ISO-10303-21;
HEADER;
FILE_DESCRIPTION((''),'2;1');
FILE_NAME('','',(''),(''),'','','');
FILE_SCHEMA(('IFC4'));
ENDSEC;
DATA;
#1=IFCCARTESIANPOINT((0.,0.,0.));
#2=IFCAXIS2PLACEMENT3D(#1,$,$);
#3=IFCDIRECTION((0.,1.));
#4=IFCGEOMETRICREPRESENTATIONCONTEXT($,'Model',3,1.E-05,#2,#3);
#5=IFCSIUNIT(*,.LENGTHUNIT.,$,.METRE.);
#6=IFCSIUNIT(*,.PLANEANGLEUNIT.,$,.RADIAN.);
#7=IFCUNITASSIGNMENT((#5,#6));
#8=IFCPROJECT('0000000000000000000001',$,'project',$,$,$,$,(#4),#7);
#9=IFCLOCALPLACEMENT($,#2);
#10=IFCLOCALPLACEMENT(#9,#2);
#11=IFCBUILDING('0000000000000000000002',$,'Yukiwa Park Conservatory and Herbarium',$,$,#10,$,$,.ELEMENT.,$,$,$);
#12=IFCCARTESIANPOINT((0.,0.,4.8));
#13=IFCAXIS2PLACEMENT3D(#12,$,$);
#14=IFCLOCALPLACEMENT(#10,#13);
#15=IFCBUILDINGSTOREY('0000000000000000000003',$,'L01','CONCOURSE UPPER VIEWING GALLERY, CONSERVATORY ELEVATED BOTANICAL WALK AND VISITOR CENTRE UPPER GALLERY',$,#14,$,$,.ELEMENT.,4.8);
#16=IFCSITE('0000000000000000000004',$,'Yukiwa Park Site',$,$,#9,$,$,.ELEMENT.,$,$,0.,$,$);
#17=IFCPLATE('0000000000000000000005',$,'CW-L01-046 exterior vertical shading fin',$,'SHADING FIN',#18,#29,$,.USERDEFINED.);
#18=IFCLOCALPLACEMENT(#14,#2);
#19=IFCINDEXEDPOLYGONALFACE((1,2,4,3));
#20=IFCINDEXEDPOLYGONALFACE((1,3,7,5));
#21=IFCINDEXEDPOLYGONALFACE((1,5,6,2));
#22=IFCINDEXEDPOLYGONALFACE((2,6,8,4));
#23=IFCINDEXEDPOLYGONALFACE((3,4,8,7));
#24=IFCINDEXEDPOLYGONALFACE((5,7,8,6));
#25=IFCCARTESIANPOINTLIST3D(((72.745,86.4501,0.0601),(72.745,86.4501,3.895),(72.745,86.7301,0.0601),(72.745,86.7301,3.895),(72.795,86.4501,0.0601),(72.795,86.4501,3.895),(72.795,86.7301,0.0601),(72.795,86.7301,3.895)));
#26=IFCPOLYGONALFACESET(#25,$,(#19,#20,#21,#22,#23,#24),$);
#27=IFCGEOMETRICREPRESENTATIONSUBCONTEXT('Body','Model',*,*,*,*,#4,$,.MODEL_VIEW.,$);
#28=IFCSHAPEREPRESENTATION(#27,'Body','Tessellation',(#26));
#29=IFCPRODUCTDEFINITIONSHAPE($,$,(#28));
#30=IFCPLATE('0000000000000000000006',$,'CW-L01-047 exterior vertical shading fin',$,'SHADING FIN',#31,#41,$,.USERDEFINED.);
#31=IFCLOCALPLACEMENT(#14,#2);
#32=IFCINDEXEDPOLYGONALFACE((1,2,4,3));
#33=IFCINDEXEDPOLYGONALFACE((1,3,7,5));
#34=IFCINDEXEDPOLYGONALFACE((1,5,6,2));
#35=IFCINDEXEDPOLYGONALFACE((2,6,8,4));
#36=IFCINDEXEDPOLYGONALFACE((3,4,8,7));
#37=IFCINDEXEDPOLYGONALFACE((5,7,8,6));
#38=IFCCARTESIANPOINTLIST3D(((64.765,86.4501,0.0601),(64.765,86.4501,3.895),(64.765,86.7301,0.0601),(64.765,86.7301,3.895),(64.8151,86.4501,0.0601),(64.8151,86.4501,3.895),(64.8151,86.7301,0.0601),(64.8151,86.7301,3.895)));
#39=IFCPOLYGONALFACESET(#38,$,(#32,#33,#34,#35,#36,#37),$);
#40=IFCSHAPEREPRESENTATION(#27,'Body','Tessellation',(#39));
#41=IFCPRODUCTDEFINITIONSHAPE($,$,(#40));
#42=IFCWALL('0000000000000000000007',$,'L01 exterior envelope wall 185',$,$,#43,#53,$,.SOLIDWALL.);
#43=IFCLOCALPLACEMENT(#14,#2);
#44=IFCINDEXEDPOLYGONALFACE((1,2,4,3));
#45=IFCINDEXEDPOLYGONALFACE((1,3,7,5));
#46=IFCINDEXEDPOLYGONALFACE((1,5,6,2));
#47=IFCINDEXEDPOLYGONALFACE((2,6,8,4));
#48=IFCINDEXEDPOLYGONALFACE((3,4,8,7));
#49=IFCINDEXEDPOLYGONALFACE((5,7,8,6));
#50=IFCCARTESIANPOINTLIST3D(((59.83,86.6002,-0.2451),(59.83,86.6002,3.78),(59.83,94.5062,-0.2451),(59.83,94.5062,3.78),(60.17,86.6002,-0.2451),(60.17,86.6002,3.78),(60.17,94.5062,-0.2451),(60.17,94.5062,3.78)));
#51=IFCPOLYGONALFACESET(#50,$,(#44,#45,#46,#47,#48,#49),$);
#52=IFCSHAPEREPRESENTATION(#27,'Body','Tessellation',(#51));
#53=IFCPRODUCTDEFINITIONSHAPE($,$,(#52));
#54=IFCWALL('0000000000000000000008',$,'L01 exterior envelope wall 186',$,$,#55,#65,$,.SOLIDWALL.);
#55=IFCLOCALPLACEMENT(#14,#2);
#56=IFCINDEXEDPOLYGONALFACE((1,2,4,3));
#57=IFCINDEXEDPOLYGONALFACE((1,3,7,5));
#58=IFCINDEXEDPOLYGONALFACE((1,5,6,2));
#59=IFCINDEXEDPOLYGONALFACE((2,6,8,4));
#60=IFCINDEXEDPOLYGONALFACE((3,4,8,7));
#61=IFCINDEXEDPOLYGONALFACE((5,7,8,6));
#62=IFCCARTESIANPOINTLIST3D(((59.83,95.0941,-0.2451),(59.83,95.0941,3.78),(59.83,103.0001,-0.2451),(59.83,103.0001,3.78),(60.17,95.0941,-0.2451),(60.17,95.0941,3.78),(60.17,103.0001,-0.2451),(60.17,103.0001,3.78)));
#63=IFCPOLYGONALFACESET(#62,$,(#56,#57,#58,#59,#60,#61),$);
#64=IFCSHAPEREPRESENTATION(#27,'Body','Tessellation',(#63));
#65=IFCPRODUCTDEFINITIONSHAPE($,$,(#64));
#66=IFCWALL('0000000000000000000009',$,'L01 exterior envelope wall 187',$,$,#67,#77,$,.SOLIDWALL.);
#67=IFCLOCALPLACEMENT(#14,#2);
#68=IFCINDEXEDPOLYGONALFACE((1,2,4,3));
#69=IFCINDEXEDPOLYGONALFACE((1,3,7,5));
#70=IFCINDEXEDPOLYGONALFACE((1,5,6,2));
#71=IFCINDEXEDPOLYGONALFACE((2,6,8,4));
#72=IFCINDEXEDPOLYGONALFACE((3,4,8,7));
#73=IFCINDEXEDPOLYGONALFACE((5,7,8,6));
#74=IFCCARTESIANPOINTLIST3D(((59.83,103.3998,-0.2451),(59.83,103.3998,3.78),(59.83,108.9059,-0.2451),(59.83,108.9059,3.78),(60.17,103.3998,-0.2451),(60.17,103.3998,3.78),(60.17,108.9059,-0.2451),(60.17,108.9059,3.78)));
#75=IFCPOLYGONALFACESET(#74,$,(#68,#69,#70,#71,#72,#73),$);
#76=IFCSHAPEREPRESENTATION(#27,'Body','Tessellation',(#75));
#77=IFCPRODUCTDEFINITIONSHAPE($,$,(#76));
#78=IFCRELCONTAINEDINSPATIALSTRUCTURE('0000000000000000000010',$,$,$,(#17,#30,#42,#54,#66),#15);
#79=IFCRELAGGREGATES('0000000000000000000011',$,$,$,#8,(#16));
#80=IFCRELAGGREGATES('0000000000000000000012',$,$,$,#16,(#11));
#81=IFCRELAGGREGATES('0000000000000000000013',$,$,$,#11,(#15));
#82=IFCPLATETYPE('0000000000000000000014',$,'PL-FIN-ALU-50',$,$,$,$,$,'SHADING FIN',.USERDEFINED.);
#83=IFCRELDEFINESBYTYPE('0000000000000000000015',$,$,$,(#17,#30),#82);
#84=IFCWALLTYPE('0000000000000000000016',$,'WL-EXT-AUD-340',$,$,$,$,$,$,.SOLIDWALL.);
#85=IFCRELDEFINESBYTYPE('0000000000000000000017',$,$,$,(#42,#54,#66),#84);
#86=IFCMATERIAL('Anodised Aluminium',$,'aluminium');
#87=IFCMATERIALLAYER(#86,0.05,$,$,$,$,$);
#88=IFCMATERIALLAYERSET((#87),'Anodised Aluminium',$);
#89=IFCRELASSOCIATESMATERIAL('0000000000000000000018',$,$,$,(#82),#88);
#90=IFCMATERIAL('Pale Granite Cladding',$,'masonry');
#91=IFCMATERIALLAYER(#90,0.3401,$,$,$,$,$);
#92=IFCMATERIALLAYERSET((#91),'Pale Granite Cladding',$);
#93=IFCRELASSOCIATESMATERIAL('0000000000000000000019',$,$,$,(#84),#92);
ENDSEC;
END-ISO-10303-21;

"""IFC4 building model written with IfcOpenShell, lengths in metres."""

from ifc_helpers import new_model, si_unit, direction, frame, frame_2d, origin, origin_2d, place, context, subcontext, project, spatial, rectangle, extrude, material, layer, layer_set, type_object, element, save


model = new_model("IFC4")

# Units and contexts
model_context = context("Model", 3, precision=1e-05, world=origin(), true_north=direction((0.0, 1.0)))
body_context = subcontext(model_context, "Body", "Model", "MODEL_VIEW")
ifc_project = project(units=[si_unit("LENGTHUNIT", "METRE"), si_unit("PLANEANGLEUNIT", "RADIAN")], contexts=[model_context])

# Site, building, storey
site_placement = place(None, origin())
site = spatial("IfcSite", under=ifc_project, at=site_placement, Name="Yukiwa Park Site", CompositionType="ELEMENT", RefElevation=0.0)
building_placement = place(site_placement, origin())
building = spatial("IfcBuilding", under=site, at=building_placement, Name="Yukiwa Park Conservatory and Herbarium", CompositionType="ELEMENT")
storey_placement = place(building_placement, frame((0.0, 0.0, 4.8)))
storey = spatial("IfcBuildingStorey", under=building, at=storey_placement, Name="L01", Description="CONCOURSE UPPER VIEWING GALLERY, CONSERVATORY ELEVATED BOTANICAL WALK AND VISITOR CENTRE UPPER GALLERY", CompositionType="ELEMENT", Elevation=4.8)

# Plates
ifc_material_1 = material(Name="Anodised Aluminium", Category="aluminium")
ifc_layer_1 = layer(ifc_material_1, 0.05)
ifc_layer_set_1 = layer_set([ifc_layer_1], Name="Anodised Aluminium")
plate_type_1 = type_object("IfcPlateType", Name="PL-FIN-ALU-50", ElementType="SHADING FIN", PredefinedType="USERDEFINED", material=ifc_layer_set_1)
for number, where, z_axis, x_axis, name in (
    (1, (72.77, 86.5901, 0.0601), (0.0, 0.0, 1.0), (-1.0, 0.0, 0.0), "CW-L01-046 exterior vertical shading fin"),
    (2, (64.79, 86.5901, 0.0601), (0.0, 0.0, 1.0), (-1.0, 0.0, 0.0), "CW-L01-047 exterior vertical shading fin"),
):
    element("IfcPlate", number, at=place(storey_placement, frame(where, z_axis=z_axis, x_axis=x_axis)), inside=storey, type_object=plate_type_1, Name=name, ObjectType="SHADING FIN", PredefinedType="USERDEFINED", context=body_context, shape_type="SweptSolid", body=[
        extrude(rectangle(XDim=0.05, YDim=0.28, at=origin_2d()), origin(), (0.0, 0.0, 1.0), 3.835),
    ])

# Walls
ifc_material_2 = material(Name="Pale Granite Cladding", Category="masonry")
ifc_layer_2 = layer(ifc_material_2, 0.3401)
ifc_layer_set_2 = layer_set([ifc_layer_2], Name="Pale Granite Cladding")
wall_type = type_object("IfcWallType", Name="WL-EXT-AUD-340", PredefinedType="SOLIDWALL", material=ifc_layer_set_2)
for number, where, z_axis, x_axis, name in (
    (3, (60.0, 86.6001, -0.2451), (0.0, 0.0, 1.0), (0.0, 1.0, 0.0), "L01 exterior envelope wall 185"),
    (4, (60.0, 95.094, -0.2451), (0.0, 0.0, 1.0), (0.0, 1.0, 0.0), "L01 exterior envelope wall 186"),
):
    element("IfcWall", number, at=place(storey_placement, frame(where, z_axis=z_axis, x_axis=x_axis)), inside=storey, type_object=wall_type, Name=name, PredefinedType="SOLIDWALL", context=body_context, shape_type="SweptSolid", body=[
        extrude(rectangle(XDim=7.906, YDim=0.3401, at=frame_2d((3.9531, 0.0))), origin(), (0.0, 0.0, 1.0), 4.0251),
    ])
wall_placement = place(storey_placement, frame((60.0, 103.3999, -0.2451), z_axis=(0.0, 0.0, 1.0), x_axis=(0.0, 1.0, 0.0)))
element("IfcWall", 5, at=wall_placement, inside=storey, type_object=wall_type, Name="L01 exterior envelope wall 187", PredefinedType="SOLIDWALL", context=body_context, shape_type="SweptSolid", body=[
    extrude(rectangle(XDim=5.5061, YDim=0.3401, at=frame_2d((2.7529, 0.0))), origin(), (0.0, 0.0, 1.0), 4.0251),
])

save(model, "model.ifc")
